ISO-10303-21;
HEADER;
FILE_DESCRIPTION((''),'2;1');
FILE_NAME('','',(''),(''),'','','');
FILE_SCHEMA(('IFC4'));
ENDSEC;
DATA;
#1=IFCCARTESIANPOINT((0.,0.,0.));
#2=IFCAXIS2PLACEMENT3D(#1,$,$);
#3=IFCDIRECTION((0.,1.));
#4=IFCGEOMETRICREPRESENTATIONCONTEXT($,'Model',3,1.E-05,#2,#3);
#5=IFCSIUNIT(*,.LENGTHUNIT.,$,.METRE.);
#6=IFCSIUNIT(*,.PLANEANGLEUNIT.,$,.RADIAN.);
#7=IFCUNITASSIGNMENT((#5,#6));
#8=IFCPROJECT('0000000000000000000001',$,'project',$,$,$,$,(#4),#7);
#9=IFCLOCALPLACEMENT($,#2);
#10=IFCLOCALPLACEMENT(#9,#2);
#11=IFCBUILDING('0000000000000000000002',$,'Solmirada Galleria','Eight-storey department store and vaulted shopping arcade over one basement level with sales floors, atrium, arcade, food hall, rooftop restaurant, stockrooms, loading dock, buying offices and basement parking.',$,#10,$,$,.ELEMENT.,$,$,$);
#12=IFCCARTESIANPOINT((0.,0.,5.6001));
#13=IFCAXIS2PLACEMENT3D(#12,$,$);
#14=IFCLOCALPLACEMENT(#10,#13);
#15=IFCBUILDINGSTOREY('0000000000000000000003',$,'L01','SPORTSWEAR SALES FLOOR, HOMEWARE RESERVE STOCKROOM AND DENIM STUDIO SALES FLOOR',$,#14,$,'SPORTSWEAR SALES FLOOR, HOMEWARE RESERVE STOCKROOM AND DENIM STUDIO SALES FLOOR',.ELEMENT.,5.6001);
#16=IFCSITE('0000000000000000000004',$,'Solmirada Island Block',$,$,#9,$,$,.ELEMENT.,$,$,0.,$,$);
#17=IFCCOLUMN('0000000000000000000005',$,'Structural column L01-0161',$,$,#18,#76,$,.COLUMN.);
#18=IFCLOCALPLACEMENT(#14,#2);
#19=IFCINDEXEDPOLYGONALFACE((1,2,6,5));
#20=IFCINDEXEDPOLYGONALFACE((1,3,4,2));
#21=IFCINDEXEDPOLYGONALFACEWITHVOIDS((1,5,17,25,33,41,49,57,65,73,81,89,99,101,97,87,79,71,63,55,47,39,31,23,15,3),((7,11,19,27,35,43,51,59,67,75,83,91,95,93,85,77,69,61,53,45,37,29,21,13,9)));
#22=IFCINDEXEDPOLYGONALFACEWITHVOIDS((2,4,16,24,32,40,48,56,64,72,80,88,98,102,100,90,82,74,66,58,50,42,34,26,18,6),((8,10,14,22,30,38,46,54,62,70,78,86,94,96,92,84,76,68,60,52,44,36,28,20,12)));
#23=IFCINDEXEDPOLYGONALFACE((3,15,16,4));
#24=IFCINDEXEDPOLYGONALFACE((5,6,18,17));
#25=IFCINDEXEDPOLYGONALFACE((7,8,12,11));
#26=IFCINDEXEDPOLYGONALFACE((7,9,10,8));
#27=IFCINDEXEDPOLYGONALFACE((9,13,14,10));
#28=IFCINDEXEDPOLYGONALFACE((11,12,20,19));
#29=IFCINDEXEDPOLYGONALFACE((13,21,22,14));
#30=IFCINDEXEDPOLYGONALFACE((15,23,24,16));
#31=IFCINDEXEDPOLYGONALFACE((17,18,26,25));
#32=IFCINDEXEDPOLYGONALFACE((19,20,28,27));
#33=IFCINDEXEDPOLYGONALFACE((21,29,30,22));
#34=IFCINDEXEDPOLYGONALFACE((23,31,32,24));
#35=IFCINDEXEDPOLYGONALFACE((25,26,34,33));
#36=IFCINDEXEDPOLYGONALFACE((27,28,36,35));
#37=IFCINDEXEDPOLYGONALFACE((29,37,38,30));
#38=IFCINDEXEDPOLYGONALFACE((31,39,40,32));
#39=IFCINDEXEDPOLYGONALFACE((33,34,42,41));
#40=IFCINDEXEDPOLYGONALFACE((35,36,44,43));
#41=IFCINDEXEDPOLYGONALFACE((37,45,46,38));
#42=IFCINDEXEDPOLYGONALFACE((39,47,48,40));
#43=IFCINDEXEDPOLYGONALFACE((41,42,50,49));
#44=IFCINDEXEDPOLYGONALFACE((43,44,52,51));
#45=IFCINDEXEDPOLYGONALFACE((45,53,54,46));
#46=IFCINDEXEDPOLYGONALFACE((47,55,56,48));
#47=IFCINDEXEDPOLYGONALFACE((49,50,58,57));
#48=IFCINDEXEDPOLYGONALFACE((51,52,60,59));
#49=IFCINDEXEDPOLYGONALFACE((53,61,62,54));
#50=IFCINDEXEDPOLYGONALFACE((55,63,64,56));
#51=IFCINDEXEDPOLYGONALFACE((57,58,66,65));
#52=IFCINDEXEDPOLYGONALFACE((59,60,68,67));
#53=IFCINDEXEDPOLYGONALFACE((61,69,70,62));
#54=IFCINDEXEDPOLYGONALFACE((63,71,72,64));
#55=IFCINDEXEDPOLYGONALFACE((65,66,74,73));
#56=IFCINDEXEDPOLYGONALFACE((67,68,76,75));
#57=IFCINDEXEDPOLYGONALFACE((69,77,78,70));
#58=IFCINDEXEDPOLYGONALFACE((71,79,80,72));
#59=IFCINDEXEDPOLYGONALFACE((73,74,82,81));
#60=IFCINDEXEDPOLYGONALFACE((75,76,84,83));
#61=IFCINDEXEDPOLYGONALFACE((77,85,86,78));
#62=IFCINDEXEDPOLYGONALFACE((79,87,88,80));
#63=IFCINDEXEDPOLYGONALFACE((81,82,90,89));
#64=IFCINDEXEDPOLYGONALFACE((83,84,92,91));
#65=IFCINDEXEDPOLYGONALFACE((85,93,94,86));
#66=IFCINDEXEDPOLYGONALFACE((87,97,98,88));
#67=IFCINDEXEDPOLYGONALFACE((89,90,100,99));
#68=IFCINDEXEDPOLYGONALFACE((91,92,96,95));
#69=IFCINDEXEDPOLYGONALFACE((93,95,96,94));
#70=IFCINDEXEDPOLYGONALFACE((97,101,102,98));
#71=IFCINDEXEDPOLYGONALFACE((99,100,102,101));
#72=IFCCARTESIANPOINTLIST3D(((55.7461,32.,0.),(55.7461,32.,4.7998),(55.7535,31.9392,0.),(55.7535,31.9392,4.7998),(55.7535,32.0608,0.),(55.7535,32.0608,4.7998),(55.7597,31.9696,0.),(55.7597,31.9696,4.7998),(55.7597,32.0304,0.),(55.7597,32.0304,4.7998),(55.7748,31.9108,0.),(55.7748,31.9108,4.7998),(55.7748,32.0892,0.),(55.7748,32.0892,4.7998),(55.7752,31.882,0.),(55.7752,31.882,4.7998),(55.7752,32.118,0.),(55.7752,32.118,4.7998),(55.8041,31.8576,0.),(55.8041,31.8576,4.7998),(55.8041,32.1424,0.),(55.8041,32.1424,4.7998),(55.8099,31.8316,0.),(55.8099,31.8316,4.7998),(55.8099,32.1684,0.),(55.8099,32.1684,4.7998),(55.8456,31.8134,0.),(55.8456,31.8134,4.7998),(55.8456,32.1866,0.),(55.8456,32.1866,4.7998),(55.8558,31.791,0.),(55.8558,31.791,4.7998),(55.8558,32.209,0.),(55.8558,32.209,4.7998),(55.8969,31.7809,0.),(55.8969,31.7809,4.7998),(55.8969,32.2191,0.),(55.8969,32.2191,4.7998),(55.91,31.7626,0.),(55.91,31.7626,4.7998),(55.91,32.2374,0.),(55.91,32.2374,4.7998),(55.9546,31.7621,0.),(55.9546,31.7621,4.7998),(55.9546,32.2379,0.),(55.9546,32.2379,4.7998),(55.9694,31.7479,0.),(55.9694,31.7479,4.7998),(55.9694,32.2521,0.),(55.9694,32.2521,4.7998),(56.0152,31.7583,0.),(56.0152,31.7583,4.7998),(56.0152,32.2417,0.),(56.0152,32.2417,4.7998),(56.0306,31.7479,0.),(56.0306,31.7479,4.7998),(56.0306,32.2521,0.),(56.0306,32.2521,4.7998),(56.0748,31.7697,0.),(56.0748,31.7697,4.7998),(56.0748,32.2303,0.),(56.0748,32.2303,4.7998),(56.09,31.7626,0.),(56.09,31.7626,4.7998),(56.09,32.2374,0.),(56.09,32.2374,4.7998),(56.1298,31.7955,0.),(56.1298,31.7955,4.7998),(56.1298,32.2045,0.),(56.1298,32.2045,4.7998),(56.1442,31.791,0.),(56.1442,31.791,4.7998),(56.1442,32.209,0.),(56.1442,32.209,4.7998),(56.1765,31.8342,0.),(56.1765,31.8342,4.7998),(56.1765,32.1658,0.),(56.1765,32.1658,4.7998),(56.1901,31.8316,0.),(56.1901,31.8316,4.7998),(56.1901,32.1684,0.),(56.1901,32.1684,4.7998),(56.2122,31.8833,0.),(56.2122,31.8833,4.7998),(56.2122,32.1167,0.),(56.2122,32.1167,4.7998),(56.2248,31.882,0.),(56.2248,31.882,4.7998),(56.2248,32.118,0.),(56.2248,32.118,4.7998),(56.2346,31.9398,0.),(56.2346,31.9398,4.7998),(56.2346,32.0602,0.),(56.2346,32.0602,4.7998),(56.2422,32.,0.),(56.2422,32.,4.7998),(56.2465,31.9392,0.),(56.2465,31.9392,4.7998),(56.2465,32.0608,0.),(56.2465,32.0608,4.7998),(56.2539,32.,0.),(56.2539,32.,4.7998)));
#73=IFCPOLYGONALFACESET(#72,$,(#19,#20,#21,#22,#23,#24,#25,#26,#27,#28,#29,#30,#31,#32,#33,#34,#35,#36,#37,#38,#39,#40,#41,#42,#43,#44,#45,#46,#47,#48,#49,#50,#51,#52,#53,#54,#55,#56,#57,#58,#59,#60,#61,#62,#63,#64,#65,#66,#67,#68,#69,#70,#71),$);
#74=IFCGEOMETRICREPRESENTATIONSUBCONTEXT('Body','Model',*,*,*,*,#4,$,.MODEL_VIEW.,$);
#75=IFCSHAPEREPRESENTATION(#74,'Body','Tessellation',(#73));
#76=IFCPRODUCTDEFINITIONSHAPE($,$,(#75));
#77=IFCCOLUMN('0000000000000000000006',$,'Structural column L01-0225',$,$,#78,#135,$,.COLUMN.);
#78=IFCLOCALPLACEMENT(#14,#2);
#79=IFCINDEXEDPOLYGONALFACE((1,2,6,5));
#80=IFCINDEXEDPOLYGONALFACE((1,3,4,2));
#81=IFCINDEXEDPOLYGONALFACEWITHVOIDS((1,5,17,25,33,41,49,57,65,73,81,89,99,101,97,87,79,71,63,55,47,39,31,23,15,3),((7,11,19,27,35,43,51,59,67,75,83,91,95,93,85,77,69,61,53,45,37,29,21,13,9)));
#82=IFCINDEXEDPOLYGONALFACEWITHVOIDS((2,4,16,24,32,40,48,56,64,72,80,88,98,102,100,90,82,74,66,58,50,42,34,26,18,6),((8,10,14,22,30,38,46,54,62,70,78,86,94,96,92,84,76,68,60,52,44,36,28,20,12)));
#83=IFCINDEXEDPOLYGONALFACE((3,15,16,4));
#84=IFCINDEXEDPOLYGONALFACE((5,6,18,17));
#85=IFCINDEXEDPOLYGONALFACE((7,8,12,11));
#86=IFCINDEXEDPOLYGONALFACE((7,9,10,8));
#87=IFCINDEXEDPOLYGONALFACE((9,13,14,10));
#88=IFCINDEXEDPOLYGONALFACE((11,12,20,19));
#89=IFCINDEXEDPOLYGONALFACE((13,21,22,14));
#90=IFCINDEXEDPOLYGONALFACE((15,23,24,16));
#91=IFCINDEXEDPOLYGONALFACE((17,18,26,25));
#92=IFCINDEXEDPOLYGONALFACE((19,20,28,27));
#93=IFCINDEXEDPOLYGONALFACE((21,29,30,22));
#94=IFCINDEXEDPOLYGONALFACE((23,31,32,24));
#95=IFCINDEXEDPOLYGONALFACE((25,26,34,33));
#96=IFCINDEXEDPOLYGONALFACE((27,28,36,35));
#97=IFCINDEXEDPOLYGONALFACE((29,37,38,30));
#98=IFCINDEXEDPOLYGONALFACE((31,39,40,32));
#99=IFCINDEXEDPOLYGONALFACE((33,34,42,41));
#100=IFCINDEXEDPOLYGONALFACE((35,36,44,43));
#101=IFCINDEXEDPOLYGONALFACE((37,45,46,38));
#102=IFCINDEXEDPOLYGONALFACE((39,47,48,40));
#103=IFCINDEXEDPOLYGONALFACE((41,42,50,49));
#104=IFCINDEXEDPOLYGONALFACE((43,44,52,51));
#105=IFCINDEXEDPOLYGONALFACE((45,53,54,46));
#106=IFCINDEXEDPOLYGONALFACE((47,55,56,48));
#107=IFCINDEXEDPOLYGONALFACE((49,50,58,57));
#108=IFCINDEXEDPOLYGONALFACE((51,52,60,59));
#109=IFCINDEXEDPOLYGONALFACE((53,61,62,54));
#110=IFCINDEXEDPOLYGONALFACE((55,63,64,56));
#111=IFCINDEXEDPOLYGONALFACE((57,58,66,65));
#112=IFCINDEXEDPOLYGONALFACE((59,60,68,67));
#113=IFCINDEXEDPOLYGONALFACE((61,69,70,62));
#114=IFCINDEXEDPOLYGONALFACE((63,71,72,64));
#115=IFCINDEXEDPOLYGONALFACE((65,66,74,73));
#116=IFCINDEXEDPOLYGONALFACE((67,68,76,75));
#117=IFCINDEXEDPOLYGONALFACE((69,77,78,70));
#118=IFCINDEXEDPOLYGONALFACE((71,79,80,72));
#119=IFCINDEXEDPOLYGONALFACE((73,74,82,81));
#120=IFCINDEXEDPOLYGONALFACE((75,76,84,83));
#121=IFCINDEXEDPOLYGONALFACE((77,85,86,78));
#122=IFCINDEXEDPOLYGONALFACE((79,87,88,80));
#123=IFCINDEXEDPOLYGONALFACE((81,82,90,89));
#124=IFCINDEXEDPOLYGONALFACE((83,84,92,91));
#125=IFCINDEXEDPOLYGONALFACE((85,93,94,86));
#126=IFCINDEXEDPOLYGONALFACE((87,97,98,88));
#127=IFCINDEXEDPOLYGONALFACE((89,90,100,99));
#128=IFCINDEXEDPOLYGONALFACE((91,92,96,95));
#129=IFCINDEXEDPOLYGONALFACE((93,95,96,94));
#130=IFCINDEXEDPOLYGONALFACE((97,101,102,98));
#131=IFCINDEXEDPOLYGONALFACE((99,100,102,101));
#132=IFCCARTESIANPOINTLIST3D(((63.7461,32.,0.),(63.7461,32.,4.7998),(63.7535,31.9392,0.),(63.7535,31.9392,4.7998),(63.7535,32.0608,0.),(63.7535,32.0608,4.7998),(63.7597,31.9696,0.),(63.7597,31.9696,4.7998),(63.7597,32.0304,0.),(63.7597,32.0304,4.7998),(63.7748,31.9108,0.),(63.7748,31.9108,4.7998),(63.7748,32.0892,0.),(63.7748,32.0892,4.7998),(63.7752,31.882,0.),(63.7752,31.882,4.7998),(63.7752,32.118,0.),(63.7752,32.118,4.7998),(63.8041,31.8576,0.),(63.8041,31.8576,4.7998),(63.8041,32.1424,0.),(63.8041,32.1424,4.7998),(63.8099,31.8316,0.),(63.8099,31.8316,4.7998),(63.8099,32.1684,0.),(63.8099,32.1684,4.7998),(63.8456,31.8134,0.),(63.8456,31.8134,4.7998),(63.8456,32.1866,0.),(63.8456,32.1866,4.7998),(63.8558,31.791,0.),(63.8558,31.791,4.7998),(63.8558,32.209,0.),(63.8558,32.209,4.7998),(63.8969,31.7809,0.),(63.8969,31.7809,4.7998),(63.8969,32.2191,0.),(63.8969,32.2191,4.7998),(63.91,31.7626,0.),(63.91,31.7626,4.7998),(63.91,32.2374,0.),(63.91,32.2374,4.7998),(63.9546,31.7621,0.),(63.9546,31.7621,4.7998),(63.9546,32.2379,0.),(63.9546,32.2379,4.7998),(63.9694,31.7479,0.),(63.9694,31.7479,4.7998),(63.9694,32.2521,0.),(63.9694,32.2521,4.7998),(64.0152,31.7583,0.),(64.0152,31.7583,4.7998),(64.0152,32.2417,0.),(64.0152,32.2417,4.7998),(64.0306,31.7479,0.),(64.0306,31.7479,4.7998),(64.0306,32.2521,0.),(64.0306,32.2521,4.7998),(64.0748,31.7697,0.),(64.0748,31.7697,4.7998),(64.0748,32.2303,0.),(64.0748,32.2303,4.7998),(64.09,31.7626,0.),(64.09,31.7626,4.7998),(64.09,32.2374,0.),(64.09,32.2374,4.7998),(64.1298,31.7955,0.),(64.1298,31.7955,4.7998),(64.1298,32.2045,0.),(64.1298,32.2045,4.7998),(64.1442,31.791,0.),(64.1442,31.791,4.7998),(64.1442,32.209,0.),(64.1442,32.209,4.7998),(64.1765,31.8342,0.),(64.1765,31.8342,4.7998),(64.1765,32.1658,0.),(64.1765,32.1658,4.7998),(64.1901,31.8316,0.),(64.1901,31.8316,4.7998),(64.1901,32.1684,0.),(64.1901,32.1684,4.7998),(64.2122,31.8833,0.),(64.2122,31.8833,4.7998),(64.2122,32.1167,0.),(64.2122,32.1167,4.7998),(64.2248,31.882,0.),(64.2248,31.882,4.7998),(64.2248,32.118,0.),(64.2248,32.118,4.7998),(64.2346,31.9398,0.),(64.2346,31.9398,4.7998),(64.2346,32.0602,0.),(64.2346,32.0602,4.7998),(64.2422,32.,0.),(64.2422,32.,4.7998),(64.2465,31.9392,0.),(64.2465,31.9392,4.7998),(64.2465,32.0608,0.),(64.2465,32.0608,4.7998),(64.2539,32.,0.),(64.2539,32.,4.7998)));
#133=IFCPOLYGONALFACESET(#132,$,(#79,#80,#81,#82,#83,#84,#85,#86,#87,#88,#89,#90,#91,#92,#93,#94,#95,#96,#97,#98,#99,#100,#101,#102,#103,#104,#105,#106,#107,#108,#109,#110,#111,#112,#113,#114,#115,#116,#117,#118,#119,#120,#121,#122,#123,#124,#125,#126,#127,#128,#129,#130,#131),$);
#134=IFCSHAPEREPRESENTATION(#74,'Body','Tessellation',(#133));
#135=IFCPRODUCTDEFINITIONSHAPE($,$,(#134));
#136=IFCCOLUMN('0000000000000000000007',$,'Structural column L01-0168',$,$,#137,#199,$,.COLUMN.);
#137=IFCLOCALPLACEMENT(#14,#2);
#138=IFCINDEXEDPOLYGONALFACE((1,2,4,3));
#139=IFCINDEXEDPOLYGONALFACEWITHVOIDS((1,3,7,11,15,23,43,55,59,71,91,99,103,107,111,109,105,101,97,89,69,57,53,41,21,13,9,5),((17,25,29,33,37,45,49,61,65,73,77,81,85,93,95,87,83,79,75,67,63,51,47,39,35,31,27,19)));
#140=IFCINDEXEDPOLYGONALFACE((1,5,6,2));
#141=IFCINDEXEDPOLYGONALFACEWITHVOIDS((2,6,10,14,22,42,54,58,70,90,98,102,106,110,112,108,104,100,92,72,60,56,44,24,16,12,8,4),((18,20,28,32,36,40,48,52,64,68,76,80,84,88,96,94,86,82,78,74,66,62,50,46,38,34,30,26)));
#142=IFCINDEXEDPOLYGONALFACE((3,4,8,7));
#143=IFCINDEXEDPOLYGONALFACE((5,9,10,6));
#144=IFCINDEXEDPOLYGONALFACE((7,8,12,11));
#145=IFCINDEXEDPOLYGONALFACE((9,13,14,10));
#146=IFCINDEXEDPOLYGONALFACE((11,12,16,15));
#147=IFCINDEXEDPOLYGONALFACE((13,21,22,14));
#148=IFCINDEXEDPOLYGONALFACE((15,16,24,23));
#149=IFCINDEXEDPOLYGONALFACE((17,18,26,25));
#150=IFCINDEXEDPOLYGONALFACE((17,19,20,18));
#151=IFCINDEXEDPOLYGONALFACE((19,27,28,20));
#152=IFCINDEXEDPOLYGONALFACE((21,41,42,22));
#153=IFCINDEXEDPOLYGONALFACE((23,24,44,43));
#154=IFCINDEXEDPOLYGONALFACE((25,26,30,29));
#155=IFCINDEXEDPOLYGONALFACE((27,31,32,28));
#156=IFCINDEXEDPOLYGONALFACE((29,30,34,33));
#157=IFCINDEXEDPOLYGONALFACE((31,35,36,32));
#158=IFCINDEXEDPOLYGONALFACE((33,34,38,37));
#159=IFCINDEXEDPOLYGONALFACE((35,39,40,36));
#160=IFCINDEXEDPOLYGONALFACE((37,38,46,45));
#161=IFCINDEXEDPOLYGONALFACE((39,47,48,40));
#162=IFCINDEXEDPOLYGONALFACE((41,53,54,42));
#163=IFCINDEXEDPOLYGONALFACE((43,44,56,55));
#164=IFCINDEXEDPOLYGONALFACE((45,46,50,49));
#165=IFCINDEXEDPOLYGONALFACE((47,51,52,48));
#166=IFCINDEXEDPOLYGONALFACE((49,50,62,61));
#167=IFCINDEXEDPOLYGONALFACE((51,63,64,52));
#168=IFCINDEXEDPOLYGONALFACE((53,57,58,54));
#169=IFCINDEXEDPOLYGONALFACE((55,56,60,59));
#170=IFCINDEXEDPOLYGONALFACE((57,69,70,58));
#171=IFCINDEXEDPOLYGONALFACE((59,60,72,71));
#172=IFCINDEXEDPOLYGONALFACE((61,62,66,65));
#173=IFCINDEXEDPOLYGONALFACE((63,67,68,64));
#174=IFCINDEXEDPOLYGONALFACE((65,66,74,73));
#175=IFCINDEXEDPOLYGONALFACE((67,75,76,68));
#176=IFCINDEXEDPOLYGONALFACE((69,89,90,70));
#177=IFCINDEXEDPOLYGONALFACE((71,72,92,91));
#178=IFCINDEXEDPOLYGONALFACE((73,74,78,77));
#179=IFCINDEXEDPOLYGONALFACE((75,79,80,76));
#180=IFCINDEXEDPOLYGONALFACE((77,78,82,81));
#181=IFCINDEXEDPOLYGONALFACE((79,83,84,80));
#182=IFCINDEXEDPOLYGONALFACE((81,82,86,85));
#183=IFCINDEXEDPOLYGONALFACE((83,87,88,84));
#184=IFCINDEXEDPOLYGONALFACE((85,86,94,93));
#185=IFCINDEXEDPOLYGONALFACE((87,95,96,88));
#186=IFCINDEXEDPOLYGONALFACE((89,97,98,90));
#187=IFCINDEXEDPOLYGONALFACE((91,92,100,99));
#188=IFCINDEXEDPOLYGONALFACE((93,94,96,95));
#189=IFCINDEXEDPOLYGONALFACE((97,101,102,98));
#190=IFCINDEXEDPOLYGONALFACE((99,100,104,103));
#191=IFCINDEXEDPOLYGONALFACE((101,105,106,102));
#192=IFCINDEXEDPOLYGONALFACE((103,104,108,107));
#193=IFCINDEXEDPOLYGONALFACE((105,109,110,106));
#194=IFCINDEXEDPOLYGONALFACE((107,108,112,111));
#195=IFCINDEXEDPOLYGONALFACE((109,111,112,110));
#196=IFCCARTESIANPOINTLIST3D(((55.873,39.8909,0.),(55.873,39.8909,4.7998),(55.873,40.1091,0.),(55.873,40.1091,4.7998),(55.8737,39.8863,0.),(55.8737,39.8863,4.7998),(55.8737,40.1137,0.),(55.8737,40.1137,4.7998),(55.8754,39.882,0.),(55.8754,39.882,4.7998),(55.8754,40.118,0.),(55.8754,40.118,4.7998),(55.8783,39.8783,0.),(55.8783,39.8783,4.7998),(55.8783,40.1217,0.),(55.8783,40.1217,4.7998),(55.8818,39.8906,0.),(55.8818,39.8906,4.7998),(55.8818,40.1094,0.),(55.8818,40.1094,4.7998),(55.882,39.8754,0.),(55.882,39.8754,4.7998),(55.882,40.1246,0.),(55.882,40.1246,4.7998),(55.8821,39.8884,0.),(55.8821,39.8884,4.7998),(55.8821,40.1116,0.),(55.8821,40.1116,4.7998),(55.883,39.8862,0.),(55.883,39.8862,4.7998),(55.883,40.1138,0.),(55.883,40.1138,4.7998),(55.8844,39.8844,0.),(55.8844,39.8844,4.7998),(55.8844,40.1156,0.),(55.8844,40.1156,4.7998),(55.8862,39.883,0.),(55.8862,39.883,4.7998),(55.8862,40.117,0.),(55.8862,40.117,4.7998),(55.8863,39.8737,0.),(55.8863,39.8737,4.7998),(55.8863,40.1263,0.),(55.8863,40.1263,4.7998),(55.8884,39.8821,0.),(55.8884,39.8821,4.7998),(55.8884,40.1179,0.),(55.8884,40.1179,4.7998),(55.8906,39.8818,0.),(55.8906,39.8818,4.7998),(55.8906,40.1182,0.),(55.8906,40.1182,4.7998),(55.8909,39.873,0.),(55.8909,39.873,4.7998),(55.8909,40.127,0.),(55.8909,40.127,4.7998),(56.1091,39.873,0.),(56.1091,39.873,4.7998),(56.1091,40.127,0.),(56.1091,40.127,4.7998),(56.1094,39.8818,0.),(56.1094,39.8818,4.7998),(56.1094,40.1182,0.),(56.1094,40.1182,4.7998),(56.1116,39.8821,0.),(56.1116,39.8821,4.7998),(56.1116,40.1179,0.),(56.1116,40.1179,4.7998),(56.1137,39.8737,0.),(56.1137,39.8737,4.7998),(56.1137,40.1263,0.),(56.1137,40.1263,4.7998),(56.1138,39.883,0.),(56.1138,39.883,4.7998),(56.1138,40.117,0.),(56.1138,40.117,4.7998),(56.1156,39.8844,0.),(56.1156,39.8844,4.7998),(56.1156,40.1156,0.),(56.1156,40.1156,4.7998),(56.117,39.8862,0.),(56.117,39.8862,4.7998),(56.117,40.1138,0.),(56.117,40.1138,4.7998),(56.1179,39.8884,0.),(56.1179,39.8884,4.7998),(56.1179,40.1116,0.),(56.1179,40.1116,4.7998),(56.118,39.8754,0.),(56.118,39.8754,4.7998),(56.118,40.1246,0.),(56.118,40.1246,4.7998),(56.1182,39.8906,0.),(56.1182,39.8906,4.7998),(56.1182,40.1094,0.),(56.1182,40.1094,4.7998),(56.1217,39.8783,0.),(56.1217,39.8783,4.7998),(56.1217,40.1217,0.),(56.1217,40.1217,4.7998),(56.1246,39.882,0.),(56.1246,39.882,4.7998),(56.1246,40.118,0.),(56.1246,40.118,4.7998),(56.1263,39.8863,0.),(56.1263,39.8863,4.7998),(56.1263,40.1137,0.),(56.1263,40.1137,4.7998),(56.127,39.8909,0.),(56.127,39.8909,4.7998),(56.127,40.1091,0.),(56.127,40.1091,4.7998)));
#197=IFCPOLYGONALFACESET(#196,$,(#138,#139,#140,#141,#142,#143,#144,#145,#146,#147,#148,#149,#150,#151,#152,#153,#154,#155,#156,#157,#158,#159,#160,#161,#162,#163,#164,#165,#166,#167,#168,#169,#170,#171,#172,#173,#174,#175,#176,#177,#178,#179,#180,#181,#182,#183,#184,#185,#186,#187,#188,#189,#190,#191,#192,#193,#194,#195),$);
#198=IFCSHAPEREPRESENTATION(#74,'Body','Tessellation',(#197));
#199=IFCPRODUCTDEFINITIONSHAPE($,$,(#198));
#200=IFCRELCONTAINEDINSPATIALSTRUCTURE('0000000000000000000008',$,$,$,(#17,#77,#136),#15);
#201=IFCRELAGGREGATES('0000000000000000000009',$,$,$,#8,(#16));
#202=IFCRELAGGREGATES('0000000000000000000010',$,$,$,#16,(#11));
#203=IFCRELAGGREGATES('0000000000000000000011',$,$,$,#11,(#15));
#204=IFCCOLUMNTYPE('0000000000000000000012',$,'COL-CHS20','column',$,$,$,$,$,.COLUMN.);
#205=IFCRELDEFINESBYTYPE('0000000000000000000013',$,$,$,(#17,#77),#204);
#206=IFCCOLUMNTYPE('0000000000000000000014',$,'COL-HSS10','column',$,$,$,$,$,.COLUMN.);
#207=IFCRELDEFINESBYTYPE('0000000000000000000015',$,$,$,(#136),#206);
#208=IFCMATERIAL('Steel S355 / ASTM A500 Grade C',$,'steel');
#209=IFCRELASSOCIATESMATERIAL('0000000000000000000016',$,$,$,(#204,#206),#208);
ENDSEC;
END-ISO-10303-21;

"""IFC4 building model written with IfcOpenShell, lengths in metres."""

from ifc_helpers import new_model, si_unit, direction, frame, origin, origin_2d, place, context, subcontext, project, spatial, hollow_rectangle, hollow_circle, extrude, material, material_profile, profile_set, type_object, element, save


model = new_model("IFC4")

# Units and contexts
model_context = context("Model", 3, precision=1e-05, world=origin(), true_north=direction((0.0, 1.0)))
body_context = subcontext(model_context, "Body", "Model", "MODEL_VIEW")
ifc_project = project(units=[si_unit("LENGTHUNIT", "METRE"), si_unit("PLANEANGLEUNIT", "RADIAN")], contexts=[model_context])

# Site, building, storey
site_placement = place(None, origin())
site = spatial("IfcSite", under=ifc_project, at=site_placement, Name="Solmirada Island Block", CompositionType="ELEMENT", RefElevation=0.0)
building_placement = place(site_placement, origin())
building = spatial("IfcBuilding", under=site, at=building_placement, Name="Solmirada Galleria", Description="Eight-storey department store and vaulted shopping arcade over one basement level with sales floors, atrium, arcade, food hall, rooftop restaurant, stockrooms, loading dock, buying offices and basement parking.", CompositionType="ELEMENT")
storey_placement = place(building_placement, frame((0.0, 0.0, 5.6001)))
storey = spatial("IfcBuildingStorey", under=building, at=storey_placement, Name="L01", Description="SPORTSWEAR SALES FLOOR, HOMEWARE RESERVE STOCKROOM AND DENIM STUDIO SALES FLOOR", LongName="SPORTSWEAR SALES FLOOR, HOMEWARE RESERVE STOCKROOM AND DENIM STUDIO SALES FLOOR", CompositionType="ELEMENT", Elevation=5.6001)

# Columns
ifc_material_1 = material(Name="Steel S355 / ASTM A500 Grade C", Category="steel")
ifc_material_profile_1 = material_profile(ifc_material_1, hollow_circle(Radius=0.2539, WallThickness=0.0117, at=origin_2d()), Name="HSS20.000X0.500")
ifc_profile_set_1 = profile_set([ifc_material_profile_1], Name="Steel S355 / ASTM A500 Grade C")
column_type_1 = type_object("IfcColumnType", Name="COL-CHS20", Description="column", PredefinedType="COLUMN", material=ifc_profile_set_1)
for number, where, z_axis, x_axis, name in (
    (1, (56.0, 32.0, 0.0), (0.0, 0.0, 1.0), (1.0, 0.0, 0.0), "Structural column L01-0161"),
    (2, (64.0, 32.0, 0.0), (0.0, 0.0, 1.0), (1.0, 0.0, 0.0), "Structural column L01-0225"),
):
    element("IfcColumn", number, at=place(storey_placement, frame(where, z_axis=z_axis, x_axis=x_axis)), inside=storey, type_object=column_type_1, Name=name, PredefinedType="COLUMN", context=body_context, shape_type="SweptSolid", body=[
        extrude(hollow_circle(Radius=0.2539, WallThickness=0.0117, at=origin_2d()), origin(), (0.0, 0.0, 1.0), 4.7998),
    ])
ifc_material_profile_2 = material_profile(ifc_material_1, hollow_rectangle(XDim=0.2539, YDim=0.2539, WallThickness=0.0088, InnerFilletRadius=0.0088, OuterFilletRadius=0.0178, at=origin_2d()), Name="HSS10X10X3/8")
ifc_profile_set_2 = profile_set([ifc_material_profile_2], Name="Steel S355 / ASTM A500 Grade C")
column_type_2 = type_object("IfcColumnType", Name="COL-HSS10", Description="column", PredefinedType="COLUMN", material=ifc_profile_set_2)
column_placement = place(storey_placement, frame((56.0, 40.0, 0.0), z_axis=(0.0, 0.0, 1.0), x_axis=(1.0, 0.0, 0.0)))
element("IfcColumn", 3, at=column_placement, inside=storey, type_object=column_type_2, Name="Structural column L01-0168", PredefinedType="COLUMN", context=body_context, shape_type="SweptSolid", body=[
    extrude(hollow_rectangle(XDim=0.2539, YDim=0.2539, WallThickness=0.0088, InnerFilletRadius=0.0088, OuterFilletRadius=0.0178, at=origin_2d()), origin(), (0.0, 0.0, 1.0), 4.7998),
])

save(model, "model.ifc")
